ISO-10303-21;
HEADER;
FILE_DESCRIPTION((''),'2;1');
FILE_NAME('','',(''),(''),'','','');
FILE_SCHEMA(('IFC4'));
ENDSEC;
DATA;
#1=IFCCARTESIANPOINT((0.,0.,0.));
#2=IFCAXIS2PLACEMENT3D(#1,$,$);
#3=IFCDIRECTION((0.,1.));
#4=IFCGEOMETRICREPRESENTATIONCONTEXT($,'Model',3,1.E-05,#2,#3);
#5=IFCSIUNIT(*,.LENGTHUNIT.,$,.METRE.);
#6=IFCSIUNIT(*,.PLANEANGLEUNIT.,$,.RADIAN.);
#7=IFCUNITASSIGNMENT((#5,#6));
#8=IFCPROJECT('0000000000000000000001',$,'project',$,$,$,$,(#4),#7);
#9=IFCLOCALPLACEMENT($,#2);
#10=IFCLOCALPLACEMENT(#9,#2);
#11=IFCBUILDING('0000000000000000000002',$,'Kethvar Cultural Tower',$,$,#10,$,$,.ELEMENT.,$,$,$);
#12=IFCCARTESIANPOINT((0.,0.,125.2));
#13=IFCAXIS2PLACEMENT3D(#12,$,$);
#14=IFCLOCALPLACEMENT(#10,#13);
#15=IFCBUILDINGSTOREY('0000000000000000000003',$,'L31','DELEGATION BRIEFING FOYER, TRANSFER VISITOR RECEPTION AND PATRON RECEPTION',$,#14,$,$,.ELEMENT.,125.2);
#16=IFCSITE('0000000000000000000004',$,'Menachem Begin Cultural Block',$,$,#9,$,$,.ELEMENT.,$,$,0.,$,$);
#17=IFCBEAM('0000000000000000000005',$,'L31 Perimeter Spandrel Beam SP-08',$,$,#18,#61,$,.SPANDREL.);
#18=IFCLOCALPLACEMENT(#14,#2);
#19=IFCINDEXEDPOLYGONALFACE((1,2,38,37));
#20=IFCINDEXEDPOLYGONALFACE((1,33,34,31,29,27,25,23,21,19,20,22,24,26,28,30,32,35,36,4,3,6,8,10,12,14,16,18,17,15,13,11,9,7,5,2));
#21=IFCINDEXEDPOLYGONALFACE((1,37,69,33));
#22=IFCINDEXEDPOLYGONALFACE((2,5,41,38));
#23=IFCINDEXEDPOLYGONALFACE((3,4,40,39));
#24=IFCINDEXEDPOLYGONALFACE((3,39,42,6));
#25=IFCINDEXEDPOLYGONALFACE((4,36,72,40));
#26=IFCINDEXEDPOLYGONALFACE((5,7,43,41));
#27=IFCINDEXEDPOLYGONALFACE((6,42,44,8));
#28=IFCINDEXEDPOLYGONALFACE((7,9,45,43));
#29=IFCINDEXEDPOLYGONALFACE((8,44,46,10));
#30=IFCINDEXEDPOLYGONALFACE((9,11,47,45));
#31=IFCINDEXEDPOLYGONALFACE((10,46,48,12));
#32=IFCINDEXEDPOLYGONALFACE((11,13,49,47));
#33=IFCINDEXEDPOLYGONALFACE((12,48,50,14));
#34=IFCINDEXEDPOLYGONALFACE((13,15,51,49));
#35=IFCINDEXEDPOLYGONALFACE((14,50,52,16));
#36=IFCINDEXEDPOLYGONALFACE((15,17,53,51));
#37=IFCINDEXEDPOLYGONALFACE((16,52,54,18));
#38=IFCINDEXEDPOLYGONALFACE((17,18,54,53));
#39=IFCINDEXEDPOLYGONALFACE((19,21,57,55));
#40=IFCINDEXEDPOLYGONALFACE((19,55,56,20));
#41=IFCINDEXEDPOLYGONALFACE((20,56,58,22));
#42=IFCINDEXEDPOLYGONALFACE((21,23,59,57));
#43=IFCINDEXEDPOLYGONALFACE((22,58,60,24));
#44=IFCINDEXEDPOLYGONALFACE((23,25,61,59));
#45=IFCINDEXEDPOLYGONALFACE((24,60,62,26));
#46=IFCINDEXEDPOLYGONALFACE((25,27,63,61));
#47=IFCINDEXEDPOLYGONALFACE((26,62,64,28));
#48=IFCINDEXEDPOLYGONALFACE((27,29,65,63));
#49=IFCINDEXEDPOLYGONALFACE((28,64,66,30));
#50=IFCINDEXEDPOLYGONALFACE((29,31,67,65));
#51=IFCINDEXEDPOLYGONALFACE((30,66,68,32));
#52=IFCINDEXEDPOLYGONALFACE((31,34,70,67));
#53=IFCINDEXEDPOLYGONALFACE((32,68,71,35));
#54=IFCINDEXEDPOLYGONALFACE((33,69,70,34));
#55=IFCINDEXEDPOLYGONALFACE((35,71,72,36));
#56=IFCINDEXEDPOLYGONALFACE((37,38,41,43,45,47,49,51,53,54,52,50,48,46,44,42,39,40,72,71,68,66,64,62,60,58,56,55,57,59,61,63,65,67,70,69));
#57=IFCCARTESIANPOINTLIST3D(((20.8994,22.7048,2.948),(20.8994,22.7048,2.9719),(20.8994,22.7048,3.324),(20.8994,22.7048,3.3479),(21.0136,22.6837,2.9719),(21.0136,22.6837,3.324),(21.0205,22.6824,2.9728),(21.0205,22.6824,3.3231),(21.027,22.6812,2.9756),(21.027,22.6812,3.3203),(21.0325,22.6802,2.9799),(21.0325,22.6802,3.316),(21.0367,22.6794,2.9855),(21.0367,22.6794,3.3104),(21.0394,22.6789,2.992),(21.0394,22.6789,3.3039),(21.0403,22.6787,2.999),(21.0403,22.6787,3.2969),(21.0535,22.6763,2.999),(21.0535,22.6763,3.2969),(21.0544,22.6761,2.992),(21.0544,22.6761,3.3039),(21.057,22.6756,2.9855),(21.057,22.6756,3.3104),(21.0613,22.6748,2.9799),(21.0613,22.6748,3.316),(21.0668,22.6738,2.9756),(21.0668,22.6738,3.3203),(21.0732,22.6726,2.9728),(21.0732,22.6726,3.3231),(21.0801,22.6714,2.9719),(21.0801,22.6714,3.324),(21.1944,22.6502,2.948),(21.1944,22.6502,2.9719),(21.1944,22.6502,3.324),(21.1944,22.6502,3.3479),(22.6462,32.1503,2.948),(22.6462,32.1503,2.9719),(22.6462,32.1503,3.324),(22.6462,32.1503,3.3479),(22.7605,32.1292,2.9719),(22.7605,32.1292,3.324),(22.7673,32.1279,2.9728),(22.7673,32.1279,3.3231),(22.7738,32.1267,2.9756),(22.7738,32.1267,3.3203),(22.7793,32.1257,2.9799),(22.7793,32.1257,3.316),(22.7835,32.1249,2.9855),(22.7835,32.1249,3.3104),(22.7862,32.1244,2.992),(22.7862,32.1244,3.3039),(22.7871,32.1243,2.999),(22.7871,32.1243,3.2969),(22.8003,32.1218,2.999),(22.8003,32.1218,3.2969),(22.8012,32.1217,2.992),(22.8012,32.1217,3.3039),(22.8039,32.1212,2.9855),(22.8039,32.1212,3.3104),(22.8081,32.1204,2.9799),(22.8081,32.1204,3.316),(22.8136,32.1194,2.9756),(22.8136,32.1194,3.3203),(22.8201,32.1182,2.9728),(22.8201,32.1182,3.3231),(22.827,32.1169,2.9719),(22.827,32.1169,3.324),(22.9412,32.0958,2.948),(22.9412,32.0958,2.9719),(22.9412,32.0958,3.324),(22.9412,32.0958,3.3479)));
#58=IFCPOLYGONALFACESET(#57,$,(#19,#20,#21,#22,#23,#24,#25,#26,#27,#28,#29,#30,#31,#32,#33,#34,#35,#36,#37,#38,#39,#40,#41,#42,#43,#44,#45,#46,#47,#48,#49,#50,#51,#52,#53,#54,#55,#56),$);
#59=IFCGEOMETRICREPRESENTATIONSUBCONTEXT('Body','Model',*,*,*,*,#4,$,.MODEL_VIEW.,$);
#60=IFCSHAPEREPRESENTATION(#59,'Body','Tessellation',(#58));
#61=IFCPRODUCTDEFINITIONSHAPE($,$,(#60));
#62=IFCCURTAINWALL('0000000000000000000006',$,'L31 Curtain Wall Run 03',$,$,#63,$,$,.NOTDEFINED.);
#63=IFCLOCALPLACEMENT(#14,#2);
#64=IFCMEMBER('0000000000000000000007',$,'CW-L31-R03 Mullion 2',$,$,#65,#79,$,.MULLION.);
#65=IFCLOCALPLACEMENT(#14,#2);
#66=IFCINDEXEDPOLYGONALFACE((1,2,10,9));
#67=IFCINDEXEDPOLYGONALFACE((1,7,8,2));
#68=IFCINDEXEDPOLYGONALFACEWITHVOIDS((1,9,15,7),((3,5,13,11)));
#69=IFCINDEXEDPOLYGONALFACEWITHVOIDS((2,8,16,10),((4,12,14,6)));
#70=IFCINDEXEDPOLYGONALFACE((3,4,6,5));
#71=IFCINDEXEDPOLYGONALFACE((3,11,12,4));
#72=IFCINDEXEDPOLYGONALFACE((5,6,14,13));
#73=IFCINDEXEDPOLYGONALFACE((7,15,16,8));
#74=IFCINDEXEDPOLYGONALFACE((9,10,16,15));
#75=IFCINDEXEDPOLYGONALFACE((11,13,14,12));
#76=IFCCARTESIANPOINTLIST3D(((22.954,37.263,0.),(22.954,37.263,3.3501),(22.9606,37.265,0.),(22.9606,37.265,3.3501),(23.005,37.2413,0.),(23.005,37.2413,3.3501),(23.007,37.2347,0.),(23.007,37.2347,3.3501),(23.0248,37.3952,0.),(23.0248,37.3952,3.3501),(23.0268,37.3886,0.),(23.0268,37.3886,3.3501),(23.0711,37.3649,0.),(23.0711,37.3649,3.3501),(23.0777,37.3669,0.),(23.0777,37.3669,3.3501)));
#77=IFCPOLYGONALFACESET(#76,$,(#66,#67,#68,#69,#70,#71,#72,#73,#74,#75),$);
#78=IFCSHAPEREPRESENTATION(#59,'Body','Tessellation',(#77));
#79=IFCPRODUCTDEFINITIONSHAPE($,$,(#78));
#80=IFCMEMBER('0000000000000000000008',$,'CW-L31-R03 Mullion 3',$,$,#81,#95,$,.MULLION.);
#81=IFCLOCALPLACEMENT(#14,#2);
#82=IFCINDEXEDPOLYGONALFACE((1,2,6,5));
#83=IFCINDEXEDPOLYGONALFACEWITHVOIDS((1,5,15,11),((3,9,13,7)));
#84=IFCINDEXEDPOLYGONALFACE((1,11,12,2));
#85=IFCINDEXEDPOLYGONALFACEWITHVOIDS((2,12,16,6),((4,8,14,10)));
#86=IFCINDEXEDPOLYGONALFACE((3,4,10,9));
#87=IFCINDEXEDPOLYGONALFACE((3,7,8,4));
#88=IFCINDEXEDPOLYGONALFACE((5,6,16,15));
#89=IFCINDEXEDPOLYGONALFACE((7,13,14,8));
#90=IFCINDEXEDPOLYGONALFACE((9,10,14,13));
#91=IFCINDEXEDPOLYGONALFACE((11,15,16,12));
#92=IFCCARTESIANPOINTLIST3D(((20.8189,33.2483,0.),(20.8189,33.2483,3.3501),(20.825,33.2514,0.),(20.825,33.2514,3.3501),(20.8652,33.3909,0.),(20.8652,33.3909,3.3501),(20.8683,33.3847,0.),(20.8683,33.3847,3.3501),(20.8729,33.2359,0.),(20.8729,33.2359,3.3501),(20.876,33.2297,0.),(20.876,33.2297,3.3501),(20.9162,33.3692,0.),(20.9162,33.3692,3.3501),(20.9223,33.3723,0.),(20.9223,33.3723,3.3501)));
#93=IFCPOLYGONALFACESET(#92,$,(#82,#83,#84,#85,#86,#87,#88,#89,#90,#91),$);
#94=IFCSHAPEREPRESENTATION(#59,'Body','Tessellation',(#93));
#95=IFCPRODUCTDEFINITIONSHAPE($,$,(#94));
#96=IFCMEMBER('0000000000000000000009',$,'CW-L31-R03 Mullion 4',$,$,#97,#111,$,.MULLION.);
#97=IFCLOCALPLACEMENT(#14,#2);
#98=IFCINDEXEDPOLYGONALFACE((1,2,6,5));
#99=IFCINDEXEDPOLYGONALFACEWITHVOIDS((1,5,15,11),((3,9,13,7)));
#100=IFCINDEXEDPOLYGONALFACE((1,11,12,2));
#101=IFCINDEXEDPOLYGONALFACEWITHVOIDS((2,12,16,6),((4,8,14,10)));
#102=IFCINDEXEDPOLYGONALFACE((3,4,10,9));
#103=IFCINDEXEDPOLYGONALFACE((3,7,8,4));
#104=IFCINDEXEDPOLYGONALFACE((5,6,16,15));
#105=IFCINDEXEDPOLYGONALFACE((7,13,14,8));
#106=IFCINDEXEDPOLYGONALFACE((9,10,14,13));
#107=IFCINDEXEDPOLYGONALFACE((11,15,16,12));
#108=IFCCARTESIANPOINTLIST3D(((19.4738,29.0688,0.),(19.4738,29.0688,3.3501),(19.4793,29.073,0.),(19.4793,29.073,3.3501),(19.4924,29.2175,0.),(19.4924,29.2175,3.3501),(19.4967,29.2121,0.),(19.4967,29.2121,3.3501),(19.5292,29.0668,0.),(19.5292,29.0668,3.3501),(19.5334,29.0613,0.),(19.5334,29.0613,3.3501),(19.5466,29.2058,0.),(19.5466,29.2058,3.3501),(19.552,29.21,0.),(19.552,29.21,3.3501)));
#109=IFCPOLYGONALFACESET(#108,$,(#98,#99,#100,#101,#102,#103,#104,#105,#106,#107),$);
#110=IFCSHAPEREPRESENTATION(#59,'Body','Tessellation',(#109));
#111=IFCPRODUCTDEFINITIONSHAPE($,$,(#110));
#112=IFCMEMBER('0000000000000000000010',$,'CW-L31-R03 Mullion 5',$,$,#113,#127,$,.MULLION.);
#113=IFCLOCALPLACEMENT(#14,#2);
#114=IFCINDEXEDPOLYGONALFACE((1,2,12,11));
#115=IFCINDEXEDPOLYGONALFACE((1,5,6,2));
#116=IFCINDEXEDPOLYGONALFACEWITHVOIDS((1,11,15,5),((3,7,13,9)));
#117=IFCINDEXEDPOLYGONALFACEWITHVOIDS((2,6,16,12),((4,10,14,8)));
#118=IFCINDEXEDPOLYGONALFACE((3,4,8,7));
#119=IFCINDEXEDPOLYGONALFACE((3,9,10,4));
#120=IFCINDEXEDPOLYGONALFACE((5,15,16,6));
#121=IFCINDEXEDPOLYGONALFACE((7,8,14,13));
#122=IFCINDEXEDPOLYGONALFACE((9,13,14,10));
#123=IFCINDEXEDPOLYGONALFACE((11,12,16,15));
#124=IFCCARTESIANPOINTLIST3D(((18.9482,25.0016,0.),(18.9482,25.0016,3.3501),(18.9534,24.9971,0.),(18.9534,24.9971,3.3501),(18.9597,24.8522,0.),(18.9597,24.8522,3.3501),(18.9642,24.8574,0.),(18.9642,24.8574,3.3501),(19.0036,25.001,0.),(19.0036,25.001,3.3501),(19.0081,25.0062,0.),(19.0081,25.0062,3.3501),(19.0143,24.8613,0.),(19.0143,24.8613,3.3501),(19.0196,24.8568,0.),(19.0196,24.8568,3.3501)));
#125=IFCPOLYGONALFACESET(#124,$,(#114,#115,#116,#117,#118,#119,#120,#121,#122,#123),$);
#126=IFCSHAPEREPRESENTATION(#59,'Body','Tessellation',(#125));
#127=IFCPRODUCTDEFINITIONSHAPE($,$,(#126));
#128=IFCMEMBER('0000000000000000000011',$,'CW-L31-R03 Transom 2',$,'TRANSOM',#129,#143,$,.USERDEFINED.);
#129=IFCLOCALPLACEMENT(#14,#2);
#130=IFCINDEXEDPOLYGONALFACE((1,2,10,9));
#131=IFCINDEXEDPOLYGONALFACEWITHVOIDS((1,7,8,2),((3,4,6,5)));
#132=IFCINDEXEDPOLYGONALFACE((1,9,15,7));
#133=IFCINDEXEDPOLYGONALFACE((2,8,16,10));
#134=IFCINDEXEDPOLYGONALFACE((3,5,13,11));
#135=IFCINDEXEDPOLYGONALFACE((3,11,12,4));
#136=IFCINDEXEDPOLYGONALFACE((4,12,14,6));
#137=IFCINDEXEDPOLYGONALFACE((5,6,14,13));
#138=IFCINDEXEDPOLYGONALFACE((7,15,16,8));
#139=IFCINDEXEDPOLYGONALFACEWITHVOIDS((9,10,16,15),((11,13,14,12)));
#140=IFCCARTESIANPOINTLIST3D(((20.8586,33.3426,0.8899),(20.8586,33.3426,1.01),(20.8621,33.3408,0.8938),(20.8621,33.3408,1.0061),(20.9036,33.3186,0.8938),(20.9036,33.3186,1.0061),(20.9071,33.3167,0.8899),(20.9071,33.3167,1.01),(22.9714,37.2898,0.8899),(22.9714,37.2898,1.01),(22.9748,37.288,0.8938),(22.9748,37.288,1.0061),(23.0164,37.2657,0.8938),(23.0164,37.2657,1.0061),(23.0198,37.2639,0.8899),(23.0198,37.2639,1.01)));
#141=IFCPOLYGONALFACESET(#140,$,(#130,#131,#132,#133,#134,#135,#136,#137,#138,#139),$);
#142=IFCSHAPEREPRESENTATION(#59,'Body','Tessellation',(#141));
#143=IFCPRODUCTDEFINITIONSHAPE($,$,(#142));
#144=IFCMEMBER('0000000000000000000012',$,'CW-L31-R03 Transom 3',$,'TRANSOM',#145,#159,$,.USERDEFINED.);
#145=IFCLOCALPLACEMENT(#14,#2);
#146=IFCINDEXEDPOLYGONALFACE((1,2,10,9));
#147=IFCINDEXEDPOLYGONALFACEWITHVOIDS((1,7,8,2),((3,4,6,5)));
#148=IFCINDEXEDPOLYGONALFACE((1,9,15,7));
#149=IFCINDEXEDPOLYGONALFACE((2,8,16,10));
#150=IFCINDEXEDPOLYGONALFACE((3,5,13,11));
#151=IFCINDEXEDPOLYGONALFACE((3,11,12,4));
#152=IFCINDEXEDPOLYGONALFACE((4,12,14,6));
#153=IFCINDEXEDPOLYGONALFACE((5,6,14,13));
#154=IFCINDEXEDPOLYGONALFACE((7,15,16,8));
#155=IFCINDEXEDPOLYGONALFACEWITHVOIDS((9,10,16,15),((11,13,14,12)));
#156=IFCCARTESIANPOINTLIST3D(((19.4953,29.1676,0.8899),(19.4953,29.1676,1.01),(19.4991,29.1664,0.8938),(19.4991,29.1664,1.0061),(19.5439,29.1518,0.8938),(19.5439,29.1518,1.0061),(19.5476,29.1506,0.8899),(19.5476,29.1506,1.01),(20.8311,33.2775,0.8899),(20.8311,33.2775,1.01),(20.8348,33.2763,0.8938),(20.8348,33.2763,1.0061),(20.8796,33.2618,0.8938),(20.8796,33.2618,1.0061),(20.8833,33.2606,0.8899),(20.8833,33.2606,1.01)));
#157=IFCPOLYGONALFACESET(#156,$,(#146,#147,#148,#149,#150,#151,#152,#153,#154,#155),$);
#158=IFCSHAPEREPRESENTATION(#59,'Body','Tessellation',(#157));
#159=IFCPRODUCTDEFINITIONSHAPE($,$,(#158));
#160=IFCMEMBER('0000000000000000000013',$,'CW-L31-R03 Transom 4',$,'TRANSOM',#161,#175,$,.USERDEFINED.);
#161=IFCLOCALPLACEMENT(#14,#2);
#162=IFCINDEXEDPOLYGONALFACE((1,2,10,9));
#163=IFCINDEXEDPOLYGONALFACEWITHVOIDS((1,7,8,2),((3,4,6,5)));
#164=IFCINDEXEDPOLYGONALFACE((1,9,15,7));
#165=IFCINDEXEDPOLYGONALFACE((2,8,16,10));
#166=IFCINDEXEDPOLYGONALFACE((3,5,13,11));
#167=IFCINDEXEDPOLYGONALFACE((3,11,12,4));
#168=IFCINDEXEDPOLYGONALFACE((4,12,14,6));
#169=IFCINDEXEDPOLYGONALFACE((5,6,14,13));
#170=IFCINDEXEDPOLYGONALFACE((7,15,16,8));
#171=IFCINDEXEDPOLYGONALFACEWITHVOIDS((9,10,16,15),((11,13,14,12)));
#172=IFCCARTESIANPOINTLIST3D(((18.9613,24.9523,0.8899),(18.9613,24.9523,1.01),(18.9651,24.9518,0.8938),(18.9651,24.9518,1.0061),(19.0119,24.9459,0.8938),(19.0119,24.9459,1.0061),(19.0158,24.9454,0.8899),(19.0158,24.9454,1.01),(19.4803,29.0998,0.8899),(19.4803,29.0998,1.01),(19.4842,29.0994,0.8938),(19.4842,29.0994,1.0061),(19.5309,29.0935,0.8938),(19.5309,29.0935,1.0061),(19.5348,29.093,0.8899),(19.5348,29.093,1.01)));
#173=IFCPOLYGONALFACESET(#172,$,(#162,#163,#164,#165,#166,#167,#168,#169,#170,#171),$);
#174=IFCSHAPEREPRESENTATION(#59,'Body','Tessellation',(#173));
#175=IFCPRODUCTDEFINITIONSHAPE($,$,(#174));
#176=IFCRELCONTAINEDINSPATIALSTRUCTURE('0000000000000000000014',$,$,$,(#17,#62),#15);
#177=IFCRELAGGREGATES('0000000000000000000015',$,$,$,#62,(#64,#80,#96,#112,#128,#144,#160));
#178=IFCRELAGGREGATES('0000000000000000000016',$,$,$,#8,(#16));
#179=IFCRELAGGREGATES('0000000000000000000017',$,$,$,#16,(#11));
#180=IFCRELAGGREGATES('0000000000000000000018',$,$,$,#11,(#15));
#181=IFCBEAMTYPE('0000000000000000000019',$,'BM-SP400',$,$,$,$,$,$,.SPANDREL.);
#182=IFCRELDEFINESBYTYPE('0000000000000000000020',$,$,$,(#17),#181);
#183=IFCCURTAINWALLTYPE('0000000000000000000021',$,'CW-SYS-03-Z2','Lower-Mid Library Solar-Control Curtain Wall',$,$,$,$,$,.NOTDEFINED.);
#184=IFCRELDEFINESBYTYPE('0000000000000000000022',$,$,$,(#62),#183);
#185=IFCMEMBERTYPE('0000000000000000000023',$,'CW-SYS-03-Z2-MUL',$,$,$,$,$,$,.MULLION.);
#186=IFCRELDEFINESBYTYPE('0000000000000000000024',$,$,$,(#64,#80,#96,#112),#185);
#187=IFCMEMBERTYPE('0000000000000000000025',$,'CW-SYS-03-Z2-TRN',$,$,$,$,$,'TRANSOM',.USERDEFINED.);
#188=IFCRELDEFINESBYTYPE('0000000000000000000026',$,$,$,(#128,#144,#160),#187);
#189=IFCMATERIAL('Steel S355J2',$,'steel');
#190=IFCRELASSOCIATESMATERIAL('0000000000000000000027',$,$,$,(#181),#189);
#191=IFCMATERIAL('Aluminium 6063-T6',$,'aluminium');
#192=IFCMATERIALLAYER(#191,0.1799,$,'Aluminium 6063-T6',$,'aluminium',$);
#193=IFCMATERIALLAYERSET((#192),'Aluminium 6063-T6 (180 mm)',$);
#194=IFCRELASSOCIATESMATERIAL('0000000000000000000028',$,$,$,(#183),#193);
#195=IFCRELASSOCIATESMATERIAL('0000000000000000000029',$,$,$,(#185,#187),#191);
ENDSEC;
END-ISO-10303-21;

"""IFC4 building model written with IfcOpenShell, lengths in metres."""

from ifc_helpers import new_model, si_unit, direction, frame, origin, origin_2d, place, context, subcontext, project, spatial, hollow_rectangle, i_section, extrude, source, transform, mapped, material, layer, layer_set, material_profile, profile_set, type_object, element, aggregate, save


model = new_model("IFC4")

# Units and contexts
model_context = context("Model", 3, precision=1e-05, world=origin(), true_north=direction((0.0, 1.0)))
body_context = subcontext(model_context, "Body", "Model", "MODEL_VIEW")
ifc_project = project(units=[si_unit("LENGTHUNIT", "METRE"), si_unit("PLANEANGLEUNIT", "RADIAN")], contexts=[model_context])

# Site, building, storey
site_placement = place(None, origin())
site = spatial("IfcSite", under=ifc_project, at=site_placement, Name="Menachem Begin Cultural Block", CompositionType="ELEMENT", RefElevation=0.0)
building_placement = place(site_placement, origin())
building = spatial("IfcBuilding", under=site, at=building_placement, Name="Kethvar Cultural Tower", CompositionType="ELEMENT")
storey_placement = place(building_placement, frame((0.0, 0.0, 125.2)))
storey = spatial("IfcBuildingStorey", under=building, at=storey_placement, Name="L31", Description="DELEGATION BRIEFING FOYER, TRANSFER VISITOR RECEPTION AND PATRON RECEPTION", CompositionType="ELEMENT", Elevation=125.2)

# Beam
ifc_material_1 = material(Name="Steel S355J2", Category="steel")
ifc_material_profile_1 = material_profile(ifc_material_1, i_section(OverallWidth=0.3, OverallDepth=0.3999, WebThickness=0.0134, FlangeThickness=0.0239, FilletRadius=0.0271, at=origin_2d()), Name="Steel S355J2 — HEB400")
ifc_profile_set_1 = profile_set([ifc_material_profile_1], Name="Steel S355J2 — HEB400")
beam_type_1 = type_object("IfcBeamType", Name="BM-SP400", PredefinedType="SPANDREL", material=ifc_profile_set_1)
shared_shape_1 = source(origin(), body_context, "Body", "SweptSolid", [
    extrude(i_section(OverallWidth=0.3, OverallDepth=0.3999, WebThickness=0.0134, FlangeThickness=0.0239, FilletRadius=0.0271, at=origin_2d()), origin(), (0.0, 0.0, 1.0), 9.6057),
])
beam_1_placement = place(storey_placement, frame((22.7937, 32.123, 3.1479), z_axis=(-0.181853, -0.983326, 0.0), x_axis=(0.983326, -0.181853, 0.0)))
element("IfcBeam", 1, at=beam_1_placement, inside=storey, type_object=beam_type_1, Name="L31 Perimeter Spandrel Beam SP-08", PredefinedType="SPANDREL", context=body_context, shape_type="MappedRepresentation", body=[
    mapped(shared_shape_1, transform((0.0, 0.0, 0.0), scale=1.0)),
])

# Curtain wall, members
ifc_material_2 = material(Name="Aluminium 6063-T6", Category="aluminium")
ifc_layer_1 = layer(ifc_material_2, 0.1799, Name="Aluminium 6063-T6", Category="aluminium")
ifc_layer_set_1 = layer_set([ifc_layer_1], Name="Aluminium 6063-T6 (180 mm)")
curtain_wall_type = type_object("IfcCurtainWallType", Name="CW-SYS-03-Z2", Description="Lower-Mid Library Solar-Control Curtain Wall", PredefinedType="NOTDEFINED", material=ifc_layer_set_1)
curtain_wall_placement = place(storey_placement, origin())
curtain_wall = element("IfcCurtainWall", 2, at=curtain_wall_placement, inside=storey, type_object=curtain_wall_type, Name="L31 Curtain Wall Run 03", PredefinedType="NOTDEFINED")
ifc_material_profile_2 = material_profile(ifc_material_2, hollow_rectangle(XDim=0.0601, YDim=0.1499, WallThickness=0.0049, at=origin_2d()), Name="Aluminium 6063-T6 — RHS150x60x5")
ifc_profile_set_2 = profile_set([ifc_material_profile_2], Name="Aluminium 6063-T6 — RHS150x60x5")
member_type_1 = type_object("IfcMemberType", Name="CW-SYS-03-Z2-MUL", PredefinedType="MULLION", material=ifc_profile_set_2)
shared_shape_2 = source(origin(), body_context, "Body", "SweptSolid", [
    extrude(hollow_rectangle(XDim=0.0601, YDim=0.1499, WallThickness=0.0049, at=origin_2d()), origin(), (0.0, 0.0, 1.0), 3.3501),
])
member_1_placement = place(storey_placement, frame((23.0159, 37.3149, 0.0), z_axis=(0.0, 0.0, 1.0), x_axis=(0.881674, -0.471858, 0.0)))
member_1 = element("IfcMember", 3, at=member_1_placement, type_object=member_type_1, Name="CW-L31-R03 Mullion 2", PredefinedType="MULLION", context=body_context, shape_type="MappedRepresentation", body=[
    mapped(shared_shape_2, transform((0.0, 0.0, 0.0), scale=1.0)),
])
member_2_placement = place(storey_placement, frame((20.8706, 33.3103, 0.0), z_axis=(0.0, 0.0, 1.0), x_axis=(0.95104, -0.309067, 0.0)))
member_2 = element("IfcMember", 4, at=member_2_placement, type_object=member_type_1, Name="CW-L31-R03 Mullion 3", PredefinedType="MULLION", context=body_context, shape_type="MappedRepresentation", body=[
    mapped(shared_shape_2, transform((0.0, 0.0, 0.0), scale=1.0)),
])
member_3_placement = place(storey_placement, frame((19.5129, 29.1394, 0.0), z_axis=(0.0, 0.0, 1.0), x_axis=(0.992263, -0.124156, 0.0)))
member_3 = element("IfcMember", 5, at=member_3_placement, type_object=member_type_1, Name="CW-L31-R03 Mullion 4", PredefinedType="MULLION", context=body_context, shape_type="MappedRepresentation", body=[
    mapped(shared_shape_2, transform((0.0, 0.0, 0.0), scale=1.0)),
])
member_4_placement = place(storey_placement, frame((18.9839, 24.9292, 0.0), z_axis=(0.0, 0.0, 1.0), x_axis=(0.997053, 0.076719, 0.0)))
member_4 = element("IfcMember", 6, at=member_4_placement, type_object=member_type_1, Name="CW-L31-R03 Mullion 5", PredefinedType="MULLION", context=body_context, shape_type="MappedRepresentation", body=[
    mapped(shared_shape_2, transform((0.0, 0.0, 0.0), scale=1.0)),
])
ifc_material_profile_3 = material_profile(ifc_material_2, hollow_rectangle(XDim=0.0549, YDim=0.1201, WallThickness=0.0039, at=origin_2d()), Name="Aluminium 6063-T6 — RHS120x55x4")
ifc_profile_set_3 = profile_set([ifc_material_profile_3], Name="Aluminium 6063-T6 — RHS120x55x4")
member_type_2 = type_object("IfcMemberType", Name="CW-SYS-03-Z2-TRN", ElementType="TRANSOM", PredefinedType="USERDEFINED", material=ifc_profile_set_3)
shared_shape_3 = source(origin(), body_context, "Body", "SweptSolid", [
    extrude(hollow_rectangle(XDim=0.0549, YDim=0.1201, WallThickness=0.0039, at=origin_2d()), origin(), (0.0, 0.0, 1.0), 4.4771),
])
member_5_placement = place(storey_placement, frame((22.9956, 37.2769, 0.95), z_axis=(-0.471907, -0.881649, 0.0), x_axis=(0.881649, -0.471907, 0.0)))
member_5 = element("IfcMember", 7, at=member_5_placement, type_object=member_type_2, Name="CW-L31-R03 Transom 2", ObjectType="TRANSOM", PredefinedType="USERDEFINED", context=body_context, shape_type="MappedRepresentation", body=[
    mapped(shared_shape_3, transform((0.0, 0.0, 0.0), scale=1.0)),
])
shared_shape_4 = source(origin(), body_context, "Body", "SweptSolid", [
    extrude(hollow_rectangle(XDim=0.0549, YDim=0.1201, WallThickness=0.0039, at=origin_2d()), origin(), (0.0, 0.0, 1.0), 4.3215),
])
member_6_placement = place(storey_placement, frame((20.8572, 33.269, 0.95), z_axis=(-0.309084, -0.951035, 0.0), x_axis=(0.951035, -0.309084, 0.0)))
member_6 = element("IfcMember", 8, at=member_6_placement, type_object=member_type_2, Name="CW-L31-R03 Transom 3", ObjectType="TRANSOM", PredefinedType="USERDEFINED", context=body_context, shape_type="MappedRepresentation", body=[
    mapped(shared_shape_4, transform((0.0, 0.0, 0.0), scale=1.0)),
])
shared_shape_5 = source(origin(), body_context, "Body", "SweptSolid", [
    extrude(hollow_rectangle(XDim=0.0549, YDim=0.1201, WallThickness=0.0039, at=origin_2d()), origin(), (0.0, 0.0, 1.0), 4.1799),
])
member_7_placement = place(storey_placement, frame((19.5076, 29.0964, 0.95), z_axis=(-0.124179, -0.99226, 0.0), x_axis=(0.99226, -0.124179, 0.0)))
member_7 = element("IfcMember", 9, at=member_7_placement, type_object=member_type_2, Name="CW-L31-R03 Transom 4", ObjectType="TRANSOM", PredefinedType="USERDEFINED", context=body_context, shape_type="MappedRepresentation", body=[
    mapped(shared_shape_5, transform((0.0, 0.0, 0.0), scale=1.0)),
])
aggregate(curtain_wall, [member_1, member_2, member_3, member_4, member_5, member_6, member_7])

save(model, "model.ifc")
